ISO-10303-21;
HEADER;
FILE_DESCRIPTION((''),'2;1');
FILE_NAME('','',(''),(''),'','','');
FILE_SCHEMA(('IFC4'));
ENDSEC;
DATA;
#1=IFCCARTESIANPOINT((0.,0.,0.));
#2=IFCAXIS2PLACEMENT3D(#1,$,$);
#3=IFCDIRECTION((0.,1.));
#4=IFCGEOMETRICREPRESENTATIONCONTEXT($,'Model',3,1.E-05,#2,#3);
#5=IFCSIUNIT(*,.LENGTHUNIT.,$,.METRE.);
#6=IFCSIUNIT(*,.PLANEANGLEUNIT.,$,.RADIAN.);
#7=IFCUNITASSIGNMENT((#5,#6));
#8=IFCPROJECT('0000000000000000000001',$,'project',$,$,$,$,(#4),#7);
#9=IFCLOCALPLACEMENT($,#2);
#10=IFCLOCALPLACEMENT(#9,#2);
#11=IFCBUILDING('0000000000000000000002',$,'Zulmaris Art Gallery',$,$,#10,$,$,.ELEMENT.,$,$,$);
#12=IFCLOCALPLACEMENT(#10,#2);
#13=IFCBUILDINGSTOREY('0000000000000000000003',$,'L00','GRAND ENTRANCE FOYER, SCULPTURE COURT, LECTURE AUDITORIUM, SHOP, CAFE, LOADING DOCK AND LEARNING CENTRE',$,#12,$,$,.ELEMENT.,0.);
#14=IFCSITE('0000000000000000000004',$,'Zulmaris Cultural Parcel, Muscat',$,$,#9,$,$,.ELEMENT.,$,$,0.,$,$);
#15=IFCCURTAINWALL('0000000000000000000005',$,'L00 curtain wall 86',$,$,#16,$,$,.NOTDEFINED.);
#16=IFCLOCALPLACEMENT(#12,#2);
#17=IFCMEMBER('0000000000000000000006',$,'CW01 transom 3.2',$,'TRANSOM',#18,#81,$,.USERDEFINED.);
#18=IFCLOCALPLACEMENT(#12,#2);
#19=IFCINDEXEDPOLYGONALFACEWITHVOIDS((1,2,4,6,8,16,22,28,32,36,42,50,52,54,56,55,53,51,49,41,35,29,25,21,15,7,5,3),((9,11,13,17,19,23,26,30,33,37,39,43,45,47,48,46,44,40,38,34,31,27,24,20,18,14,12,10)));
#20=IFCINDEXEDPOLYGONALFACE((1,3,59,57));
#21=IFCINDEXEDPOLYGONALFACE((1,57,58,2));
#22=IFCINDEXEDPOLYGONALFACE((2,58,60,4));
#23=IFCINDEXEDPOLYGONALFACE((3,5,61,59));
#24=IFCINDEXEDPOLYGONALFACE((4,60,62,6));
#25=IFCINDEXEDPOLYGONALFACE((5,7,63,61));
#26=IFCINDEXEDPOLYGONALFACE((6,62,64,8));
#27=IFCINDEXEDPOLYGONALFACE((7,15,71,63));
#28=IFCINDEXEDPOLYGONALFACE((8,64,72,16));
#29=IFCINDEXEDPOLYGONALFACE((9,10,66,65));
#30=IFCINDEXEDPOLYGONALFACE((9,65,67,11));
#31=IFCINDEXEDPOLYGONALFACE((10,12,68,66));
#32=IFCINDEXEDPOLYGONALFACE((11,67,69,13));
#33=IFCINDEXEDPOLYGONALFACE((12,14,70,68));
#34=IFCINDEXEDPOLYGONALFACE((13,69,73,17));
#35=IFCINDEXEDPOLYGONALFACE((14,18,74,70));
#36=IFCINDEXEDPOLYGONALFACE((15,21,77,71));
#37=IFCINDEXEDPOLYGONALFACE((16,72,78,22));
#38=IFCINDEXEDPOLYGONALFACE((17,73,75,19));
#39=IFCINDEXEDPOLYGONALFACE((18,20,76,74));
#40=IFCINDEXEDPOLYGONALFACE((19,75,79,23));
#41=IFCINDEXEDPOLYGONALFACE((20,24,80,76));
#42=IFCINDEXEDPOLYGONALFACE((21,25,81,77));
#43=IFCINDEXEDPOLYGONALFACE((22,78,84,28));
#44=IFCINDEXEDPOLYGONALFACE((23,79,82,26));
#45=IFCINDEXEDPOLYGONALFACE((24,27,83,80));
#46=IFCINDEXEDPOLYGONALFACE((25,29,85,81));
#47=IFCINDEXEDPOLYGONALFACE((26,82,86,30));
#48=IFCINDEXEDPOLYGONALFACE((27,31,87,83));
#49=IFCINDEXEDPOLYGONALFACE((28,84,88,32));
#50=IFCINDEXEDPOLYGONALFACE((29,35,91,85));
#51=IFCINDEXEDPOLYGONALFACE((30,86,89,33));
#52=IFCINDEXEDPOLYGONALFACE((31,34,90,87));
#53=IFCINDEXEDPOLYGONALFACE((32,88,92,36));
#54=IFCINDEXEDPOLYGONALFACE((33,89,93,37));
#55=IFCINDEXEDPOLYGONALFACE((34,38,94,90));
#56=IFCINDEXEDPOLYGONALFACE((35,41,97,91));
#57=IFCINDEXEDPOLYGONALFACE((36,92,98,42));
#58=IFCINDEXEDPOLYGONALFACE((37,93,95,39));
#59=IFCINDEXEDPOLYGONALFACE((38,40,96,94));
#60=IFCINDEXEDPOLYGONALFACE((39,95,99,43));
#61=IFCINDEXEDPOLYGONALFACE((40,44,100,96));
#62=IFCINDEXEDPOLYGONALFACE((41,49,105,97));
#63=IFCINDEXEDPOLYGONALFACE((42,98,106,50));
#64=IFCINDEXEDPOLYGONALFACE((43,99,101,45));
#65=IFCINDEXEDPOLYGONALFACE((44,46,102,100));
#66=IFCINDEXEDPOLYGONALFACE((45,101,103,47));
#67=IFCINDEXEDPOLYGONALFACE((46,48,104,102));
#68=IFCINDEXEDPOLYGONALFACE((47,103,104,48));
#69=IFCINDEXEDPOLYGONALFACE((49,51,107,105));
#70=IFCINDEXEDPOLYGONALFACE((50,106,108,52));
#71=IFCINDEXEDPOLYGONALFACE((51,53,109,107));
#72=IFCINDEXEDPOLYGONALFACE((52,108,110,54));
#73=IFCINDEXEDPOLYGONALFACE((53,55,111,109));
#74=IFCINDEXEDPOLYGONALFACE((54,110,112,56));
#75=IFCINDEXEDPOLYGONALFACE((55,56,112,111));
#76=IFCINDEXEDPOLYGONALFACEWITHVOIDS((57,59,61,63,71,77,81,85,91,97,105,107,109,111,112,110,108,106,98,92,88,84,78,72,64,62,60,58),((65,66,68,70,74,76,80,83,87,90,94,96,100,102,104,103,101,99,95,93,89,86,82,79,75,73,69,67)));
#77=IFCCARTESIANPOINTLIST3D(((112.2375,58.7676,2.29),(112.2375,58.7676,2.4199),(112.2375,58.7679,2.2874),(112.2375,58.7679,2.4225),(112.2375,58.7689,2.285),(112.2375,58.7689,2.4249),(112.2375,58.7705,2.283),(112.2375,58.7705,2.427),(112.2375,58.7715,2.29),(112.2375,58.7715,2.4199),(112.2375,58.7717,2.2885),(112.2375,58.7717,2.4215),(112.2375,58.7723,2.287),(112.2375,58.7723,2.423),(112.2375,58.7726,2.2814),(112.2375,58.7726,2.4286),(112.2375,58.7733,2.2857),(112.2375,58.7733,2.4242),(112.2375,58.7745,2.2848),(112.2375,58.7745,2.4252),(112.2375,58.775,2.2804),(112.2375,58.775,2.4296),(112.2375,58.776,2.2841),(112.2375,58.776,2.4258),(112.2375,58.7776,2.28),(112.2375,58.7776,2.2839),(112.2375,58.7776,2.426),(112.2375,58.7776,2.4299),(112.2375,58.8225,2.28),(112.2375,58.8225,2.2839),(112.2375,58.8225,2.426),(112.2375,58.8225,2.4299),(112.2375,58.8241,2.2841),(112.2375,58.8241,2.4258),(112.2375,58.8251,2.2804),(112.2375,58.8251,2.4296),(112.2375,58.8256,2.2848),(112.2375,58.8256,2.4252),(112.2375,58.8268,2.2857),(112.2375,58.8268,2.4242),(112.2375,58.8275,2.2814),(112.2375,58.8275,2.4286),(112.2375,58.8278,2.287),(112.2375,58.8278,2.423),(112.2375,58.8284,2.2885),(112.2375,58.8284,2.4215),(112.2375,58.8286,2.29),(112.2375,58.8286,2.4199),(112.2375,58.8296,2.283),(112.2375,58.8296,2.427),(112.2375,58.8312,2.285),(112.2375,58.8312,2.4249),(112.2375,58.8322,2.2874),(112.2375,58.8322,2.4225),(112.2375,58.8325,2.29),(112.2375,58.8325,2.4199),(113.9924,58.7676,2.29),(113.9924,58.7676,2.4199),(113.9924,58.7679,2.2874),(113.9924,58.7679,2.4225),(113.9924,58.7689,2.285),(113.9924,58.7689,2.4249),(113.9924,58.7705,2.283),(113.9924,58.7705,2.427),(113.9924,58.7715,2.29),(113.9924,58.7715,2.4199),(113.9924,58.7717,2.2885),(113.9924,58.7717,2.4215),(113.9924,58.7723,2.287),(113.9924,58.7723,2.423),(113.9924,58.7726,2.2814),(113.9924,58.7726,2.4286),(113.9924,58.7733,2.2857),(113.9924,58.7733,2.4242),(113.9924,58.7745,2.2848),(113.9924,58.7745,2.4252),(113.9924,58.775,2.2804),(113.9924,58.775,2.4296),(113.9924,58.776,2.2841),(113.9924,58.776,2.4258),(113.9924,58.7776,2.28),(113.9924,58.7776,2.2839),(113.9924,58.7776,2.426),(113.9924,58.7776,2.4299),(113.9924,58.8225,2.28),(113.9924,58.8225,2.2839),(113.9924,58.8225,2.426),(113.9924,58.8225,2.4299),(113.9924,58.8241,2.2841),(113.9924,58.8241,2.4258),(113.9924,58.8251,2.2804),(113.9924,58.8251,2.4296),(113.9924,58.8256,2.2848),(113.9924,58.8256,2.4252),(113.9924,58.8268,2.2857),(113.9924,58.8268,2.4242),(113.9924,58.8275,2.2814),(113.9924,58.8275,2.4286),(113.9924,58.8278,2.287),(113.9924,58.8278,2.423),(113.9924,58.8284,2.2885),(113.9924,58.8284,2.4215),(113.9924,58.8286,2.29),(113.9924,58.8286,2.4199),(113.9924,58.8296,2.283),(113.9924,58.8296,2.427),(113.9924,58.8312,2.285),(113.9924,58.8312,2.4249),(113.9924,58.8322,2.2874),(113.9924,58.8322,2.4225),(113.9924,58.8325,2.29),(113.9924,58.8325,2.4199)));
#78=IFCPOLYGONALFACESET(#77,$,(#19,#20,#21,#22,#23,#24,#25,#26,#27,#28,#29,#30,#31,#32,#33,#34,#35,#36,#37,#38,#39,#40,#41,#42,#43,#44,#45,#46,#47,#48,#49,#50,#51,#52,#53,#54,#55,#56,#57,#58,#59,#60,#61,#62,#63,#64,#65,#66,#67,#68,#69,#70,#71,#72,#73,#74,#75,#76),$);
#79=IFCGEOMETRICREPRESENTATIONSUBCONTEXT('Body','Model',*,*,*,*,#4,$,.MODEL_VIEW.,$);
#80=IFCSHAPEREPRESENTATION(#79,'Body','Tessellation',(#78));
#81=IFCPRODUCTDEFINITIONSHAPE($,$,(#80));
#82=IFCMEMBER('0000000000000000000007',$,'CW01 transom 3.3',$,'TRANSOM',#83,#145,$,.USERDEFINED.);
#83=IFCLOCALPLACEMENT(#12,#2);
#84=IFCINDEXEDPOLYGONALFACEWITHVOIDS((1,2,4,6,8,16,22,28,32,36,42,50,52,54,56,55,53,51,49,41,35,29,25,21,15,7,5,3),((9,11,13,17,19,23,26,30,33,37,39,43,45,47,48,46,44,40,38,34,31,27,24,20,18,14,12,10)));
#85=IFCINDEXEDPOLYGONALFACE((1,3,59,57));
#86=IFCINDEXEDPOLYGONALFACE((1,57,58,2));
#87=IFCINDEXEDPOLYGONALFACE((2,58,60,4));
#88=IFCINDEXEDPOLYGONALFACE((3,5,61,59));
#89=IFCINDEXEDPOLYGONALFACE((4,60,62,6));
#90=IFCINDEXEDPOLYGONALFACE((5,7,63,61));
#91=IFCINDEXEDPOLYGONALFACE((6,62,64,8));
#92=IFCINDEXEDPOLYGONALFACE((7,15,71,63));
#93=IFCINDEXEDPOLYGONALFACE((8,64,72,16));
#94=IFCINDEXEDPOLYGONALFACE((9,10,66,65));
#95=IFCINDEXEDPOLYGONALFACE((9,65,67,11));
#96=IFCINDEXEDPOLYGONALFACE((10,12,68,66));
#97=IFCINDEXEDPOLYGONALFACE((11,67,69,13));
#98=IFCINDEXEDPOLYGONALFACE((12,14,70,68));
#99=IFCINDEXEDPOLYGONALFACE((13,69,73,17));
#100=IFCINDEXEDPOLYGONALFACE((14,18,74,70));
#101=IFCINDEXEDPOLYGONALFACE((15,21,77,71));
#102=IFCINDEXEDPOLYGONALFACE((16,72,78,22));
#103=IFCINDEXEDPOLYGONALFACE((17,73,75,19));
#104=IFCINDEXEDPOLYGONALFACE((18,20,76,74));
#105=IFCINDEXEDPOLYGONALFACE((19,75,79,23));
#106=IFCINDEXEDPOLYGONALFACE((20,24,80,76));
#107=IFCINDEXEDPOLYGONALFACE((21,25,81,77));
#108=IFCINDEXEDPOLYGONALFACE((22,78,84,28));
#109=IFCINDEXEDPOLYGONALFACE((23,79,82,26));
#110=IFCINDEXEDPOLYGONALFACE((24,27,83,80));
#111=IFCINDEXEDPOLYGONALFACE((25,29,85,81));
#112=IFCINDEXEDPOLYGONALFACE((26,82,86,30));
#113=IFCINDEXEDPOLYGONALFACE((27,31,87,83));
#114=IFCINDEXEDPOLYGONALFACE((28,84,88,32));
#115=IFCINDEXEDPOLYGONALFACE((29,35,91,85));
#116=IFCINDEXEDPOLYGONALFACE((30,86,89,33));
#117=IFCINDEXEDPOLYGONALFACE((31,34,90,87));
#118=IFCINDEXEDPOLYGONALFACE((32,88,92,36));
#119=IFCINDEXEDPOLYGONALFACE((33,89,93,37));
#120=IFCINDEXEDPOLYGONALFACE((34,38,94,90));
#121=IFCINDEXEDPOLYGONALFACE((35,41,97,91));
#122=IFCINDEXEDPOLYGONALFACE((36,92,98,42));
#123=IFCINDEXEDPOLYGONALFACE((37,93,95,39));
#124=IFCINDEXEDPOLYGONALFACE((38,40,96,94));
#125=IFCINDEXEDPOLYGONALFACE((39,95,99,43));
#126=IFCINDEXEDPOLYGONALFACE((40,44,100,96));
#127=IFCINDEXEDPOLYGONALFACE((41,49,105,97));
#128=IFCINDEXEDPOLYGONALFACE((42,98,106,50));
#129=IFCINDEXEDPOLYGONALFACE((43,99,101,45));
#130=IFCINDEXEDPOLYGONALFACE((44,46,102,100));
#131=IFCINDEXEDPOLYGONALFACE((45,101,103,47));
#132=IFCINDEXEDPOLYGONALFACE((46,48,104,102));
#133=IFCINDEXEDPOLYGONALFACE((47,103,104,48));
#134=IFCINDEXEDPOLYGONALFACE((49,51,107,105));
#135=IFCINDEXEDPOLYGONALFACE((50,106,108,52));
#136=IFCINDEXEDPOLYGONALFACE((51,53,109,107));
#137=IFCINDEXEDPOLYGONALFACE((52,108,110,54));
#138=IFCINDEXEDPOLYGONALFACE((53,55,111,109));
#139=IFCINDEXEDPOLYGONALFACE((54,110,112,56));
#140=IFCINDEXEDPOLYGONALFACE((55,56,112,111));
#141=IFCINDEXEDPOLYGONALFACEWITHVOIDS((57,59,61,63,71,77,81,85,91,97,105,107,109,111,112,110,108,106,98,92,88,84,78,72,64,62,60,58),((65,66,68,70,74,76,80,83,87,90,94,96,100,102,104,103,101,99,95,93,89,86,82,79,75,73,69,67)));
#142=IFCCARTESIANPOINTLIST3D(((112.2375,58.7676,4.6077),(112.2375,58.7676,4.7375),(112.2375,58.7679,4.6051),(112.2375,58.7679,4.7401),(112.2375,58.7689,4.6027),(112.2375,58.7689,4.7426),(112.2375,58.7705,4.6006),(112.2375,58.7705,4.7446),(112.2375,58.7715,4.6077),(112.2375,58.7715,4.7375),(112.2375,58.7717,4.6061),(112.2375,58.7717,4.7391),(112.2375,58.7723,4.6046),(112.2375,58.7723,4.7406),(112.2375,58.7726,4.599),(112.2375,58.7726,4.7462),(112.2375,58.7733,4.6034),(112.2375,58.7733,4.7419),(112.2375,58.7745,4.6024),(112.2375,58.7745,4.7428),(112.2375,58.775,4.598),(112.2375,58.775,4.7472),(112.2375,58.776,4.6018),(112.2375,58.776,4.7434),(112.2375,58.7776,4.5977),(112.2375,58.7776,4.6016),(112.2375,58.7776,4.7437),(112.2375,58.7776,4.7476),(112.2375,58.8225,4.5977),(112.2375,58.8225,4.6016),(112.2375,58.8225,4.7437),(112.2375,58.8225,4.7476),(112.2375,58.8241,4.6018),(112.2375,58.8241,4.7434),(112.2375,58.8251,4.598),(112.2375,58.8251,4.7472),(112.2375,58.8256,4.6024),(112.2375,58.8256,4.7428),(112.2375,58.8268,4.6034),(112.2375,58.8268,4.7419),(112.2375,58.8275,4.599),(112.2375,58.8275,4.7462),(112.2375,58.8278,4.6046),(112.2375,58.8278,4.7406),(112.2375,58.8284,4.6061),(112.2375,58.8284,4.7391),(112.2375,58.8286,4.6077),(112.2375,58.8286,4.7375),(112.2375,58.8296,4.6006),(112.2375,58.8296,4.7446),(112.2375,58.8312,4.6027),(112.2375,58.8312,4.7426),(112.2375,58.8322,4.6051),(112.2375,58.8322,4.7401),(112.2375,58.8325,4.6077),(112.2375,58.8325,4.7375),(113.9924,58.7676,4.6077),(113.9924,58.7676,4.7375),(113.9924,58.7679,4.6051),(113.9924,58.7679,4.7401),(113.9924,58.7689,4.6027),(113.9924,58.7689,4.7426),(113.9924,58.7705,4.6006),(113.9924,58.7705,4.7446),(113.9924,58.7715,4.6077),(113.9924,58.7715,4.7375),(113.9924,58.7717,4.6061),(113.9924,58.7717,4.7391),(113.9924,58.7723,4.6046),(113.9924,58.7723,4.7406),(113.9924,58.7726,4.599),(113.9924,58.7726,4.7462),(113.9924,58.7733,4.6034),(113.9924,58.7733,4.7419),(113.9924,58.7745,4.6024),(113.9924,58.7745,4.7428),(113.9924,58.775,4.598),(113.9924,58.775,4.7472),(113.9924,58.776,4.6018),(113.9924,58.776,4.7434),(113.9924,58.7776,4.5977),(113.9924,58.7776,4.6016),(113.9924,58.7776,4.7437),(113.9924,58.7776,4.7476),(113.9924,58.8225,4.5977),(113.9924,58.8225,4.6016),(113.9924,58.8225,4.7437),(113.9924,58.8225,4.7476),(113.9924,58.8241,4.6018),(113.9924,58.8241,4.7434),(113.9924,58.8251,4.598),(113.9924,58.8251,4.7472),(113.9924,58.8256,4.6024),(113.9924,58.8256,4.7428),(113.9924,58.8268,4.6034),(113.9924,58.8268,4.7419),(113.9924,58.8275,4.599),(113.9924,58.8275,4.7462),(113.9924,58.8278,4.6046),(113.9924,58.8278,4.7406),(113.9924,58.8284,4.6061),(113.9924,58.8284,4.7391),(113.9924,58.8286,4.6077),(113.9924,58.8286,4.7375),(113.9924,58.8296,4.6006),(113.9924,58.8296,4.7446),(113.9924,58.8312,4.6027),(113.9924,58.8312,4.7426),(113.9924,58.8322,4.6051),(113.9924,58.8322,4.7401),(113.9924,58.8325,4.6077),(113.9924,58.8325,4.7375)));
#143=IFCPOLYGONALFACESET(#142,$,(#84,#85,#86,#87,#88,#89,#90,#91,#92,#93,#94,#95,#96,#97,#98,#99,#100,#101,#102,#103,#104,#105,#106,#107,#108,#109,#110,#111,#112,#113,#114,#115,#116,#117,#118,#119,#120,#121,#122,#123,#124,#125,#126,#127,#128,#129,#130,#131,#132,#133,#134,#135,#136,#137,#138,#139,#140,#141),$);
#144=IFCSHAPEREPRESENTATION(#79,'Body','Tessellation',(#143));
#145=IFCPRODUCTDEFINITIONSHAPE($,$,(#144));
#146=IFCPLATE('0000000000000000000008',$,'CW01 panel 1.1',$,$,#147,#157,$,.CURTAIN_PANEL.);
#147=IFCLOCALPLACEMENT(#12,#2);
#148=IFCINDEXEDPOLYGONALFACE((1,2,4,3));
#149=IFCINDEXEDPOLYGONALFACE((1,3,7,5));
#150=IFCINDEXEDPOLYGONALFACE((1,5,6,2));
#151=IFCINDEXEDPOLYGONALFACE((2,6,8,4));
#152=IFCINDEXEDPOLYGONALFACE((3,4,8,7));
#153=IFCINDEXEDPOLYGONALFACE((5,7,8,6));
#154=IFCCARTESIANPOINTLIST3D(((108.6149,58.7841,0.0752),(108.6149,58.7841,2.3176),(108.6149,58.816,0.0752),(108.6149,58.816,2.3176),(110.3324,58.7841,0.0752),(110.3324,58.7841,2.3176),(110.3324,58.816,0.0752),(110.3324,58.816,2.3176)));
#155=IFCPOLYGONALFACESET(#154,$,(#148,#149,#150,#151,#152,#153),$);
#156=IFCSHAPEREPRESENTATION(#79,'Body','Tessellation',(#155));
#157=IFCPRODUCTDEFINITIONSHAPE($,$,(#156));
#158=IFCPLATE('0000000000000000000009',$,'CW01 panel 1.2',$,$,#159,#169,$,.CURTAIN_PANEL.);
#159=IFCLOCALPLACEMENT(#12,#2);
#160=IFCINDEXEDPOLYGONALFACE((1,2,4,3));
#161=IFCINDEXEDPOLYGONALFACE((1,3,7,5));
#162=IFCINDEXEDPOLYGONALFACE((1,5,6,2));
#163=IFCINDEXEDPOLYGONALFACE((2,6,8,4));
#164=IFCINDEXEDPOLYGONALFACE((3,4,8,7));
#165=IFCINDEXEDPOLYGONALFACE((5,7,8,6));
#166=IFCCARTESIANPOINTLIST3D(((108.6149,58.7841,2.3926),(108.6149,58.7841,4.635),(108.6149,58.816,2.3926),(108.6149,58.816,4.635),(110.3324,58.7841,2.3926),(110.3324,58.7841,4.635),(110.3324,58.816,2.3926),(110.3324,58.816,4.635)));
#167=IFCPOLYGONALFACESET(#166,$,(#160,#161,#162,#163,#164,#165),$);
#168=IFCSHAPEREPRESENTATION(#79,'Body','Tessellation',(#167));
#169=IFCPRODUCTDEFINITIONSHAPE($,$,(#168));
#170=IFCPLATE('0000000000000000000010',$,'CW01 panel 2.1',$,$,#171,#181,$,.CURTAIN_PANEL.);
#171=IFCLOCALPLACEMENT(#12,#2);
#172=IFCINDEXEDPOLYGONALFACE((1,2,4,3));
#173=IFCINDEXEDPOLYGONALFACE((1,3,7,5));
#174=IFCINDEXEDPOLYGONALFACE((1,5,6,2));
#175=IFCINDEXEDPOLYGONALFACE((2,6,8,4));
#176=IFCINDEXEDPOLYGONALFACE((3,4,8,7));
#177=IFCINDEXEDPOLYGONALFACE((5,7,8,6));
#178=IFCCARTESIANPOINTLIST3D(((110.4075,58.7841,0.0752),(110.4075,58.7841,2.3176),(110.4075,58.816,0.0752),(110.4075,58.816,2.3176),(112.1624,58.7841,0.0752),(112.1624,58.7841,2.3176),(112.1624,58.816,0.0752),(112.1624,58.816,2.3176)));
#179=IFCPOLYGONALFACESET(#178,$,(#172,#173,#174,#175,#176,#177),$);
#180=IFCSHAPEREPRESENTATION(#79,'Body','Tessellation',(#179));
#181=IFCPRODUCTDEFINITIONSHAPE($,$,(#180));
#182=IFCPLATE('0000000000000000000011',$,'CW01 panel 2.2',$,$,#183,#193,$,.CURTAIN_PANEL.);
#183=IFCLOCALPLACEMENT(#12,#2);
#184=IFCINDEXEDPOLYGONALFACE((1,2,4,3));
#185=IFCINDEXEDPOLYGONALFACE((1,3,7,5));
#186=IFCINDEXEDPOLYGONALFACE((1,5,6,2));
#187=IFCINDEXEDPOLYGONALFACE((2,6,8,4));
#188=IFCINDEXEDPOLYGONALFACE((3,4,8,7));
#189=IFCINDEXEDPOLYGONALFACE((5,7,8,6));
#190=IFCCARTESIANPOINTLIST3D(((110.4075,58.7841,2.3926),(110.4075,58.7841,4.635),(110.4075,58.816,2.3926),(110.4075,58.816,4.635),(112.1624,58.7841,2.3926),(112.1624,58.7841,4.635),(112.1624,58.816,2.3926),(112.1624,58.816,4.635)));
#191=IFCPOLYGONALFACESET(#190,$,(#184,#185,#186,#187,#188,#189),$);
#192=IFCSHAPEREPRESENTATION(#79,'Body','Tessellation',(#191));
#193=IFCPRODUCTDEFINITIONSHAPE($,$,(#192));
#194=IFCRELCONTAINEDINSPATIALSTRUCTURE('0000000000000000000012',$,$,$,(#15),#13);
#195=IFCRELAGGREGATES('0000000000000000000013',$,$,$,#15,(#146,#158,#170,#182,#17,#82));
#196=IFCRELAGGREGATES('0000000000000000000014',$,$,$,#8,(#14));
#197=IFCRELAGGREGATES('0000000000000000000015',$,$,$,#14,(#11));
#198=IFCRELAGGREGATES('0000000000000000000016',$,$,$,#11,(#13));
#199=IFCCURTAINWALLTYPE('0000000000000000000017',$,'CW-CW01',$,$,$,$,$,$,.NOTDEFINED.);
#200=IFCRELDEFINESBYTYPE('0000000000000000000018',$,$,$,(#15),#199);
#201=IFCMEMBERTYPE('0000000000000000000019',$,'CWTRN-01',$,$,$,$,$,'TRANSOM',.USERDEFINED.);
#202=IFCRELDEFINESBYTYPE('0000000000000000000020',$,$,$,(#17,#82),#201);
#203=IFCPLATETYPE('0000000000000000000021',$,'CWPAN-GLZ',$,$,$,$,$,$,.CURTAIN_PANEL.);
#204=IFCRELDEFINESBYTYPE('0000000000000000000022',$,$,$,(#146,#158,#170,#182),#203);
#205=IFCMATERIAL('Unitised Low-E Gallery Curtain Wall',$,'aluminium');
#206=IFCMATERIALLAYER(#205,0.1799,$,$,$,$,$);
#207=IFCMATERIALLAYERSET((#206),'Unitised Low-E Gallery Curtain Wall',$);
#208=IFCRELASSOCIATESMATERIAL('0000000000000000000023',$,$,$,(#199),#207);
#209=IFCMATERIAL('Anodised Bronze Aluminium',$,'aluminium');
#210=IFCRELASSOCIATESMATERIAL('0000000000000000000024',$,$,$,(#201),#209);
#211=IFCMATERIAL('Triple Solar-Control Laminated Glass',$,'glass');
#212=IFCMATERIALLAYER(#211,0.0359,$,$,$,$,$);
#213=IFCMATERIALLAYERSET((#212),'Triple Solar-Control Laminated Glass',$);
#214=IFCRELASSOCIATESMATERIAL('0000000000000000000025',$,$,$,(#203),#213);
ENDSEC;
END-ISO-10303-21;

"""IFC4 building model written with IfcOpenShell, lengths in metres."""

from ifc_helpers import new_model, si_unit, direction, frame, origin, origin_2d, place, context, subcontext, project, spatial, rectangle, hollow_rectangle, extrude, material, layer, layer_set, material_profile, profile_set, type_object, element, aggregate, save


model = new_model("IFC4")

# Units and contexts
model_context = context("Model", 3, precision=1e-05, world=origin(), true_north=direction((0.0, 1.0)))
body_context = subcontext(model_context, "Body", "Model", "MODEL_VIEW")
ifc_project = project(units=[si_unit("LENGTHUNIT", "METRE"), si_unit("PLANEANGLEUNIT", "RADIAN")], contexts=[model_context])

# Site, building, storey
site_placement = place(None, origin())
site = spatial("IfcSite", under=ifc_project, at=site_placement, Name="Zulmaris Cultural Parcel, Muscat", CompositionType="ELEMENT", RefElevation=0.0)
building_placement = place(site_placement, origin())
building = spatial("IfcBuilding", under=site, at=building_placement, Name="Zulmaris Art Gallery", CompositionType="ELEMENT")
storey_placement = place(building_placement, origin())
storey = spatial("IfcBuildingStorey", under=building, at=storey_placement, Name="L00", Description="GRAND ENTRANCE FOYER, SCULPTURE COURT, LECTURE AUDITORIUM, SHOP, CAFE, LOADING DOCK AND LEARNING CENTRE", CompositionType="ELEMENT", Elevation=0.0)

# Curtain wall, members, plates
ifc_material_1 = material(Name="Unitised Low-E Gallery Curtain Wall", Category="aluminium")
ifc_layer_1 = layer(ifc_material_1, 0.1799)
ifc_layer_set_1 = layer_set([ifc_layer_1], Name="Unitised Low-E Gallery Curtain Wall")
curtain_wall_type = type_object("IfcCurtainWallType", Name="CW-CW01", PredefinedType="NOTDEFINED", material=ifc_layer_set_1)
curtain_wall_placement = place(storey_placement, origin())
curtain_wall = element("IfcCurtainWall", 1, at=curtain_wall_placement, inside=storey, type_object=curtain_wall_type, Name="L00 curtain wall 86", PredefinedType="NOTDEFINED")
ifc_material_2 = material(Name="Anodised Bronze Aluminium", Category="aluminium")
ifc_material_profile_1 = material_profile(ifc_material_2, hollow_rectangle(XDim=0.0649, YDim=0.1499, WallThickness=0.0039, InnerFilletRadius=0.0061, OuterFilletRadius=0.01, at=origin_2d()), Name="ALU 65x150x4")
ifc_profile_set_1 = profile_set([ifc_material_profile_1], Name="Anodised Bronze Aluminium")
member_type_1 = type_object("IfcMemberType", Name="CWTRN-01", ElementType="TRANSOM", PredefinedType="USERDEFINED", material=ifc_profile_set_1)
member_1_placement = place(storey_placement, frame((112.2375, 58.8, 2.355), z_axis=(1.0, 0.0, 0.0), x_axis=(0.0, 1.0, 0.0)))
member_1 = element("IfcMember", 2, at=member_1_placement, type_object=member_type_1, Name="CW01 transom 3.2", ObjectType="TRANSOM", PredefinedType="USERDEFINED", context=body_context, shape_type="SweptSolid", body=[
    extrude(hollow_rectangle(XDim=0.0649, YDim=0.1499, WallThickness=0.0039, InnerFilletRadius=0.0061, OuterFilletRadius=0.01, at=origin_2d()), origin(), (0.0, 0.0, 1.0), 1.7549),
])
member_2_placement = place(storey_placement, frame((112.2375, 58.8, 4.6726), z_axis=(1.0, 0.0, 0.0), x_axis=(0.0, 1.0, 0.0)))
member_2 = element("IfcMember", 3, at=member_2_placement, type_object=member_type_1, Name="CW01 transom 3.3", ObjectType="TRANSOM", PredefinedType="USERDEFINED", context=body_context, shape_type="SweptSolid", body=[
    extrude(hollow_rectangle(XDim=0.0649, YDim=0.1499, WallThickness=0.0039, InnerFilletRadius=0.0061, OuterFilletRadius=0.01, at=origin_2d()), origin(), (0.0, 0.0, 1.0), 1.7549),
])
ifc_material_3 = material(Name="Triple Solar-Control Laminated Glass", Category="glass")
ifc_layer_2 = layer(ifc_material_3, 0.0359)
ifc_layer_set_2 = layer_set([ifc_layer_2], Name="Triple Solar-Control Laminated Glass")
plate_type = type_object("IfcPlateType", Name="CWPAN-GLZ", PredefinedType="CURTAIN_PANEL", material=ifc_layer_set_2)
plate_1_placement = place(storey_placement, frame((109.4736, 58.8, 0.0752), z_axis=(0.0, 0.0, 1.0), x_axis=(1.0, 0.0, 0.0)))
plate_1 = element("IfcPlate", 4, at=plate_1_placement, type_object=plate_type, Name="CW01 panel 1.1", PredefinedType="CURTAIN_PANEL", context=body_context, shape_type="SweptSolid", body=[
    extrude(rectangle(XDim=1.7175, YDim=0.032, at=origin_2d()), origin(), (0.0, 0.0, 1.0), 2.2424),
])
plate_2_placement = place(storey_placement, frame((109.4736, 58.8, 2.3926), z_axis=(0.0, 0.0, 1.0), x_axis=(1.0, 0.0, 0.0)))
plate_2 = element("IfcPlate", 5, at=plate_2_placement, type_object=plate_type, Name="CW01 panel 1.2", PredefinedType="CURTAIN_PANEL", context=body_context, shape_type="SweptSolid", body=[
    extrude(rectangle(XDim=1.7175, YDim=0.032, at=origin_2d()), origin(), (0.0, 0.0, 1.0), 2.2424),
])
plate_3_placement = place(storey_placement, frame((111.2849, 58.8, 0.0752), z_axis=(0.0, 0.0, 1.0), x_axis=(1.0, 0.0, 0.0)))
plate_3 = element("IfcPlate", 6, at=plate_3_placement, type_object=plate_type, Name="CW01 panel 2.1", PredefinedType="CURTAIN_PANEL", context=body_context, shape_type="SweptSolid", body=[
    extrude(rectangle(XDim=1.7549, YDim=0.032, at=origin_2d()), origin(), (0.0, 0.0, 1.0), 2.2424),
])
plate_4_placement = place(storey_placement, frame((111.2849, 58.8, 2.3926), z_axis=(0.0, 0.0, 1.0), x_axis=(1.0, 0.0, 0.0)))
plate_4 = element("IfcPlate", 7, at=plate_4_placement, type_object=plate_type, Name="CW01 panel 2.2", PredefinedType="CURTAIN_PANEL", context=body_context, shape_type="SweptSolid", body=[
    extrude(rectangle(XDim=1.7549, YDim=0.032, at=origin_2d()), origin(), (0.0, 0.0, 1.0), 2.2424),
])
aggregate(curtain_wall, [plate_1, plate_2, plate_3, plate_4, member_1, member_2])

save(model, "model.ifc")
